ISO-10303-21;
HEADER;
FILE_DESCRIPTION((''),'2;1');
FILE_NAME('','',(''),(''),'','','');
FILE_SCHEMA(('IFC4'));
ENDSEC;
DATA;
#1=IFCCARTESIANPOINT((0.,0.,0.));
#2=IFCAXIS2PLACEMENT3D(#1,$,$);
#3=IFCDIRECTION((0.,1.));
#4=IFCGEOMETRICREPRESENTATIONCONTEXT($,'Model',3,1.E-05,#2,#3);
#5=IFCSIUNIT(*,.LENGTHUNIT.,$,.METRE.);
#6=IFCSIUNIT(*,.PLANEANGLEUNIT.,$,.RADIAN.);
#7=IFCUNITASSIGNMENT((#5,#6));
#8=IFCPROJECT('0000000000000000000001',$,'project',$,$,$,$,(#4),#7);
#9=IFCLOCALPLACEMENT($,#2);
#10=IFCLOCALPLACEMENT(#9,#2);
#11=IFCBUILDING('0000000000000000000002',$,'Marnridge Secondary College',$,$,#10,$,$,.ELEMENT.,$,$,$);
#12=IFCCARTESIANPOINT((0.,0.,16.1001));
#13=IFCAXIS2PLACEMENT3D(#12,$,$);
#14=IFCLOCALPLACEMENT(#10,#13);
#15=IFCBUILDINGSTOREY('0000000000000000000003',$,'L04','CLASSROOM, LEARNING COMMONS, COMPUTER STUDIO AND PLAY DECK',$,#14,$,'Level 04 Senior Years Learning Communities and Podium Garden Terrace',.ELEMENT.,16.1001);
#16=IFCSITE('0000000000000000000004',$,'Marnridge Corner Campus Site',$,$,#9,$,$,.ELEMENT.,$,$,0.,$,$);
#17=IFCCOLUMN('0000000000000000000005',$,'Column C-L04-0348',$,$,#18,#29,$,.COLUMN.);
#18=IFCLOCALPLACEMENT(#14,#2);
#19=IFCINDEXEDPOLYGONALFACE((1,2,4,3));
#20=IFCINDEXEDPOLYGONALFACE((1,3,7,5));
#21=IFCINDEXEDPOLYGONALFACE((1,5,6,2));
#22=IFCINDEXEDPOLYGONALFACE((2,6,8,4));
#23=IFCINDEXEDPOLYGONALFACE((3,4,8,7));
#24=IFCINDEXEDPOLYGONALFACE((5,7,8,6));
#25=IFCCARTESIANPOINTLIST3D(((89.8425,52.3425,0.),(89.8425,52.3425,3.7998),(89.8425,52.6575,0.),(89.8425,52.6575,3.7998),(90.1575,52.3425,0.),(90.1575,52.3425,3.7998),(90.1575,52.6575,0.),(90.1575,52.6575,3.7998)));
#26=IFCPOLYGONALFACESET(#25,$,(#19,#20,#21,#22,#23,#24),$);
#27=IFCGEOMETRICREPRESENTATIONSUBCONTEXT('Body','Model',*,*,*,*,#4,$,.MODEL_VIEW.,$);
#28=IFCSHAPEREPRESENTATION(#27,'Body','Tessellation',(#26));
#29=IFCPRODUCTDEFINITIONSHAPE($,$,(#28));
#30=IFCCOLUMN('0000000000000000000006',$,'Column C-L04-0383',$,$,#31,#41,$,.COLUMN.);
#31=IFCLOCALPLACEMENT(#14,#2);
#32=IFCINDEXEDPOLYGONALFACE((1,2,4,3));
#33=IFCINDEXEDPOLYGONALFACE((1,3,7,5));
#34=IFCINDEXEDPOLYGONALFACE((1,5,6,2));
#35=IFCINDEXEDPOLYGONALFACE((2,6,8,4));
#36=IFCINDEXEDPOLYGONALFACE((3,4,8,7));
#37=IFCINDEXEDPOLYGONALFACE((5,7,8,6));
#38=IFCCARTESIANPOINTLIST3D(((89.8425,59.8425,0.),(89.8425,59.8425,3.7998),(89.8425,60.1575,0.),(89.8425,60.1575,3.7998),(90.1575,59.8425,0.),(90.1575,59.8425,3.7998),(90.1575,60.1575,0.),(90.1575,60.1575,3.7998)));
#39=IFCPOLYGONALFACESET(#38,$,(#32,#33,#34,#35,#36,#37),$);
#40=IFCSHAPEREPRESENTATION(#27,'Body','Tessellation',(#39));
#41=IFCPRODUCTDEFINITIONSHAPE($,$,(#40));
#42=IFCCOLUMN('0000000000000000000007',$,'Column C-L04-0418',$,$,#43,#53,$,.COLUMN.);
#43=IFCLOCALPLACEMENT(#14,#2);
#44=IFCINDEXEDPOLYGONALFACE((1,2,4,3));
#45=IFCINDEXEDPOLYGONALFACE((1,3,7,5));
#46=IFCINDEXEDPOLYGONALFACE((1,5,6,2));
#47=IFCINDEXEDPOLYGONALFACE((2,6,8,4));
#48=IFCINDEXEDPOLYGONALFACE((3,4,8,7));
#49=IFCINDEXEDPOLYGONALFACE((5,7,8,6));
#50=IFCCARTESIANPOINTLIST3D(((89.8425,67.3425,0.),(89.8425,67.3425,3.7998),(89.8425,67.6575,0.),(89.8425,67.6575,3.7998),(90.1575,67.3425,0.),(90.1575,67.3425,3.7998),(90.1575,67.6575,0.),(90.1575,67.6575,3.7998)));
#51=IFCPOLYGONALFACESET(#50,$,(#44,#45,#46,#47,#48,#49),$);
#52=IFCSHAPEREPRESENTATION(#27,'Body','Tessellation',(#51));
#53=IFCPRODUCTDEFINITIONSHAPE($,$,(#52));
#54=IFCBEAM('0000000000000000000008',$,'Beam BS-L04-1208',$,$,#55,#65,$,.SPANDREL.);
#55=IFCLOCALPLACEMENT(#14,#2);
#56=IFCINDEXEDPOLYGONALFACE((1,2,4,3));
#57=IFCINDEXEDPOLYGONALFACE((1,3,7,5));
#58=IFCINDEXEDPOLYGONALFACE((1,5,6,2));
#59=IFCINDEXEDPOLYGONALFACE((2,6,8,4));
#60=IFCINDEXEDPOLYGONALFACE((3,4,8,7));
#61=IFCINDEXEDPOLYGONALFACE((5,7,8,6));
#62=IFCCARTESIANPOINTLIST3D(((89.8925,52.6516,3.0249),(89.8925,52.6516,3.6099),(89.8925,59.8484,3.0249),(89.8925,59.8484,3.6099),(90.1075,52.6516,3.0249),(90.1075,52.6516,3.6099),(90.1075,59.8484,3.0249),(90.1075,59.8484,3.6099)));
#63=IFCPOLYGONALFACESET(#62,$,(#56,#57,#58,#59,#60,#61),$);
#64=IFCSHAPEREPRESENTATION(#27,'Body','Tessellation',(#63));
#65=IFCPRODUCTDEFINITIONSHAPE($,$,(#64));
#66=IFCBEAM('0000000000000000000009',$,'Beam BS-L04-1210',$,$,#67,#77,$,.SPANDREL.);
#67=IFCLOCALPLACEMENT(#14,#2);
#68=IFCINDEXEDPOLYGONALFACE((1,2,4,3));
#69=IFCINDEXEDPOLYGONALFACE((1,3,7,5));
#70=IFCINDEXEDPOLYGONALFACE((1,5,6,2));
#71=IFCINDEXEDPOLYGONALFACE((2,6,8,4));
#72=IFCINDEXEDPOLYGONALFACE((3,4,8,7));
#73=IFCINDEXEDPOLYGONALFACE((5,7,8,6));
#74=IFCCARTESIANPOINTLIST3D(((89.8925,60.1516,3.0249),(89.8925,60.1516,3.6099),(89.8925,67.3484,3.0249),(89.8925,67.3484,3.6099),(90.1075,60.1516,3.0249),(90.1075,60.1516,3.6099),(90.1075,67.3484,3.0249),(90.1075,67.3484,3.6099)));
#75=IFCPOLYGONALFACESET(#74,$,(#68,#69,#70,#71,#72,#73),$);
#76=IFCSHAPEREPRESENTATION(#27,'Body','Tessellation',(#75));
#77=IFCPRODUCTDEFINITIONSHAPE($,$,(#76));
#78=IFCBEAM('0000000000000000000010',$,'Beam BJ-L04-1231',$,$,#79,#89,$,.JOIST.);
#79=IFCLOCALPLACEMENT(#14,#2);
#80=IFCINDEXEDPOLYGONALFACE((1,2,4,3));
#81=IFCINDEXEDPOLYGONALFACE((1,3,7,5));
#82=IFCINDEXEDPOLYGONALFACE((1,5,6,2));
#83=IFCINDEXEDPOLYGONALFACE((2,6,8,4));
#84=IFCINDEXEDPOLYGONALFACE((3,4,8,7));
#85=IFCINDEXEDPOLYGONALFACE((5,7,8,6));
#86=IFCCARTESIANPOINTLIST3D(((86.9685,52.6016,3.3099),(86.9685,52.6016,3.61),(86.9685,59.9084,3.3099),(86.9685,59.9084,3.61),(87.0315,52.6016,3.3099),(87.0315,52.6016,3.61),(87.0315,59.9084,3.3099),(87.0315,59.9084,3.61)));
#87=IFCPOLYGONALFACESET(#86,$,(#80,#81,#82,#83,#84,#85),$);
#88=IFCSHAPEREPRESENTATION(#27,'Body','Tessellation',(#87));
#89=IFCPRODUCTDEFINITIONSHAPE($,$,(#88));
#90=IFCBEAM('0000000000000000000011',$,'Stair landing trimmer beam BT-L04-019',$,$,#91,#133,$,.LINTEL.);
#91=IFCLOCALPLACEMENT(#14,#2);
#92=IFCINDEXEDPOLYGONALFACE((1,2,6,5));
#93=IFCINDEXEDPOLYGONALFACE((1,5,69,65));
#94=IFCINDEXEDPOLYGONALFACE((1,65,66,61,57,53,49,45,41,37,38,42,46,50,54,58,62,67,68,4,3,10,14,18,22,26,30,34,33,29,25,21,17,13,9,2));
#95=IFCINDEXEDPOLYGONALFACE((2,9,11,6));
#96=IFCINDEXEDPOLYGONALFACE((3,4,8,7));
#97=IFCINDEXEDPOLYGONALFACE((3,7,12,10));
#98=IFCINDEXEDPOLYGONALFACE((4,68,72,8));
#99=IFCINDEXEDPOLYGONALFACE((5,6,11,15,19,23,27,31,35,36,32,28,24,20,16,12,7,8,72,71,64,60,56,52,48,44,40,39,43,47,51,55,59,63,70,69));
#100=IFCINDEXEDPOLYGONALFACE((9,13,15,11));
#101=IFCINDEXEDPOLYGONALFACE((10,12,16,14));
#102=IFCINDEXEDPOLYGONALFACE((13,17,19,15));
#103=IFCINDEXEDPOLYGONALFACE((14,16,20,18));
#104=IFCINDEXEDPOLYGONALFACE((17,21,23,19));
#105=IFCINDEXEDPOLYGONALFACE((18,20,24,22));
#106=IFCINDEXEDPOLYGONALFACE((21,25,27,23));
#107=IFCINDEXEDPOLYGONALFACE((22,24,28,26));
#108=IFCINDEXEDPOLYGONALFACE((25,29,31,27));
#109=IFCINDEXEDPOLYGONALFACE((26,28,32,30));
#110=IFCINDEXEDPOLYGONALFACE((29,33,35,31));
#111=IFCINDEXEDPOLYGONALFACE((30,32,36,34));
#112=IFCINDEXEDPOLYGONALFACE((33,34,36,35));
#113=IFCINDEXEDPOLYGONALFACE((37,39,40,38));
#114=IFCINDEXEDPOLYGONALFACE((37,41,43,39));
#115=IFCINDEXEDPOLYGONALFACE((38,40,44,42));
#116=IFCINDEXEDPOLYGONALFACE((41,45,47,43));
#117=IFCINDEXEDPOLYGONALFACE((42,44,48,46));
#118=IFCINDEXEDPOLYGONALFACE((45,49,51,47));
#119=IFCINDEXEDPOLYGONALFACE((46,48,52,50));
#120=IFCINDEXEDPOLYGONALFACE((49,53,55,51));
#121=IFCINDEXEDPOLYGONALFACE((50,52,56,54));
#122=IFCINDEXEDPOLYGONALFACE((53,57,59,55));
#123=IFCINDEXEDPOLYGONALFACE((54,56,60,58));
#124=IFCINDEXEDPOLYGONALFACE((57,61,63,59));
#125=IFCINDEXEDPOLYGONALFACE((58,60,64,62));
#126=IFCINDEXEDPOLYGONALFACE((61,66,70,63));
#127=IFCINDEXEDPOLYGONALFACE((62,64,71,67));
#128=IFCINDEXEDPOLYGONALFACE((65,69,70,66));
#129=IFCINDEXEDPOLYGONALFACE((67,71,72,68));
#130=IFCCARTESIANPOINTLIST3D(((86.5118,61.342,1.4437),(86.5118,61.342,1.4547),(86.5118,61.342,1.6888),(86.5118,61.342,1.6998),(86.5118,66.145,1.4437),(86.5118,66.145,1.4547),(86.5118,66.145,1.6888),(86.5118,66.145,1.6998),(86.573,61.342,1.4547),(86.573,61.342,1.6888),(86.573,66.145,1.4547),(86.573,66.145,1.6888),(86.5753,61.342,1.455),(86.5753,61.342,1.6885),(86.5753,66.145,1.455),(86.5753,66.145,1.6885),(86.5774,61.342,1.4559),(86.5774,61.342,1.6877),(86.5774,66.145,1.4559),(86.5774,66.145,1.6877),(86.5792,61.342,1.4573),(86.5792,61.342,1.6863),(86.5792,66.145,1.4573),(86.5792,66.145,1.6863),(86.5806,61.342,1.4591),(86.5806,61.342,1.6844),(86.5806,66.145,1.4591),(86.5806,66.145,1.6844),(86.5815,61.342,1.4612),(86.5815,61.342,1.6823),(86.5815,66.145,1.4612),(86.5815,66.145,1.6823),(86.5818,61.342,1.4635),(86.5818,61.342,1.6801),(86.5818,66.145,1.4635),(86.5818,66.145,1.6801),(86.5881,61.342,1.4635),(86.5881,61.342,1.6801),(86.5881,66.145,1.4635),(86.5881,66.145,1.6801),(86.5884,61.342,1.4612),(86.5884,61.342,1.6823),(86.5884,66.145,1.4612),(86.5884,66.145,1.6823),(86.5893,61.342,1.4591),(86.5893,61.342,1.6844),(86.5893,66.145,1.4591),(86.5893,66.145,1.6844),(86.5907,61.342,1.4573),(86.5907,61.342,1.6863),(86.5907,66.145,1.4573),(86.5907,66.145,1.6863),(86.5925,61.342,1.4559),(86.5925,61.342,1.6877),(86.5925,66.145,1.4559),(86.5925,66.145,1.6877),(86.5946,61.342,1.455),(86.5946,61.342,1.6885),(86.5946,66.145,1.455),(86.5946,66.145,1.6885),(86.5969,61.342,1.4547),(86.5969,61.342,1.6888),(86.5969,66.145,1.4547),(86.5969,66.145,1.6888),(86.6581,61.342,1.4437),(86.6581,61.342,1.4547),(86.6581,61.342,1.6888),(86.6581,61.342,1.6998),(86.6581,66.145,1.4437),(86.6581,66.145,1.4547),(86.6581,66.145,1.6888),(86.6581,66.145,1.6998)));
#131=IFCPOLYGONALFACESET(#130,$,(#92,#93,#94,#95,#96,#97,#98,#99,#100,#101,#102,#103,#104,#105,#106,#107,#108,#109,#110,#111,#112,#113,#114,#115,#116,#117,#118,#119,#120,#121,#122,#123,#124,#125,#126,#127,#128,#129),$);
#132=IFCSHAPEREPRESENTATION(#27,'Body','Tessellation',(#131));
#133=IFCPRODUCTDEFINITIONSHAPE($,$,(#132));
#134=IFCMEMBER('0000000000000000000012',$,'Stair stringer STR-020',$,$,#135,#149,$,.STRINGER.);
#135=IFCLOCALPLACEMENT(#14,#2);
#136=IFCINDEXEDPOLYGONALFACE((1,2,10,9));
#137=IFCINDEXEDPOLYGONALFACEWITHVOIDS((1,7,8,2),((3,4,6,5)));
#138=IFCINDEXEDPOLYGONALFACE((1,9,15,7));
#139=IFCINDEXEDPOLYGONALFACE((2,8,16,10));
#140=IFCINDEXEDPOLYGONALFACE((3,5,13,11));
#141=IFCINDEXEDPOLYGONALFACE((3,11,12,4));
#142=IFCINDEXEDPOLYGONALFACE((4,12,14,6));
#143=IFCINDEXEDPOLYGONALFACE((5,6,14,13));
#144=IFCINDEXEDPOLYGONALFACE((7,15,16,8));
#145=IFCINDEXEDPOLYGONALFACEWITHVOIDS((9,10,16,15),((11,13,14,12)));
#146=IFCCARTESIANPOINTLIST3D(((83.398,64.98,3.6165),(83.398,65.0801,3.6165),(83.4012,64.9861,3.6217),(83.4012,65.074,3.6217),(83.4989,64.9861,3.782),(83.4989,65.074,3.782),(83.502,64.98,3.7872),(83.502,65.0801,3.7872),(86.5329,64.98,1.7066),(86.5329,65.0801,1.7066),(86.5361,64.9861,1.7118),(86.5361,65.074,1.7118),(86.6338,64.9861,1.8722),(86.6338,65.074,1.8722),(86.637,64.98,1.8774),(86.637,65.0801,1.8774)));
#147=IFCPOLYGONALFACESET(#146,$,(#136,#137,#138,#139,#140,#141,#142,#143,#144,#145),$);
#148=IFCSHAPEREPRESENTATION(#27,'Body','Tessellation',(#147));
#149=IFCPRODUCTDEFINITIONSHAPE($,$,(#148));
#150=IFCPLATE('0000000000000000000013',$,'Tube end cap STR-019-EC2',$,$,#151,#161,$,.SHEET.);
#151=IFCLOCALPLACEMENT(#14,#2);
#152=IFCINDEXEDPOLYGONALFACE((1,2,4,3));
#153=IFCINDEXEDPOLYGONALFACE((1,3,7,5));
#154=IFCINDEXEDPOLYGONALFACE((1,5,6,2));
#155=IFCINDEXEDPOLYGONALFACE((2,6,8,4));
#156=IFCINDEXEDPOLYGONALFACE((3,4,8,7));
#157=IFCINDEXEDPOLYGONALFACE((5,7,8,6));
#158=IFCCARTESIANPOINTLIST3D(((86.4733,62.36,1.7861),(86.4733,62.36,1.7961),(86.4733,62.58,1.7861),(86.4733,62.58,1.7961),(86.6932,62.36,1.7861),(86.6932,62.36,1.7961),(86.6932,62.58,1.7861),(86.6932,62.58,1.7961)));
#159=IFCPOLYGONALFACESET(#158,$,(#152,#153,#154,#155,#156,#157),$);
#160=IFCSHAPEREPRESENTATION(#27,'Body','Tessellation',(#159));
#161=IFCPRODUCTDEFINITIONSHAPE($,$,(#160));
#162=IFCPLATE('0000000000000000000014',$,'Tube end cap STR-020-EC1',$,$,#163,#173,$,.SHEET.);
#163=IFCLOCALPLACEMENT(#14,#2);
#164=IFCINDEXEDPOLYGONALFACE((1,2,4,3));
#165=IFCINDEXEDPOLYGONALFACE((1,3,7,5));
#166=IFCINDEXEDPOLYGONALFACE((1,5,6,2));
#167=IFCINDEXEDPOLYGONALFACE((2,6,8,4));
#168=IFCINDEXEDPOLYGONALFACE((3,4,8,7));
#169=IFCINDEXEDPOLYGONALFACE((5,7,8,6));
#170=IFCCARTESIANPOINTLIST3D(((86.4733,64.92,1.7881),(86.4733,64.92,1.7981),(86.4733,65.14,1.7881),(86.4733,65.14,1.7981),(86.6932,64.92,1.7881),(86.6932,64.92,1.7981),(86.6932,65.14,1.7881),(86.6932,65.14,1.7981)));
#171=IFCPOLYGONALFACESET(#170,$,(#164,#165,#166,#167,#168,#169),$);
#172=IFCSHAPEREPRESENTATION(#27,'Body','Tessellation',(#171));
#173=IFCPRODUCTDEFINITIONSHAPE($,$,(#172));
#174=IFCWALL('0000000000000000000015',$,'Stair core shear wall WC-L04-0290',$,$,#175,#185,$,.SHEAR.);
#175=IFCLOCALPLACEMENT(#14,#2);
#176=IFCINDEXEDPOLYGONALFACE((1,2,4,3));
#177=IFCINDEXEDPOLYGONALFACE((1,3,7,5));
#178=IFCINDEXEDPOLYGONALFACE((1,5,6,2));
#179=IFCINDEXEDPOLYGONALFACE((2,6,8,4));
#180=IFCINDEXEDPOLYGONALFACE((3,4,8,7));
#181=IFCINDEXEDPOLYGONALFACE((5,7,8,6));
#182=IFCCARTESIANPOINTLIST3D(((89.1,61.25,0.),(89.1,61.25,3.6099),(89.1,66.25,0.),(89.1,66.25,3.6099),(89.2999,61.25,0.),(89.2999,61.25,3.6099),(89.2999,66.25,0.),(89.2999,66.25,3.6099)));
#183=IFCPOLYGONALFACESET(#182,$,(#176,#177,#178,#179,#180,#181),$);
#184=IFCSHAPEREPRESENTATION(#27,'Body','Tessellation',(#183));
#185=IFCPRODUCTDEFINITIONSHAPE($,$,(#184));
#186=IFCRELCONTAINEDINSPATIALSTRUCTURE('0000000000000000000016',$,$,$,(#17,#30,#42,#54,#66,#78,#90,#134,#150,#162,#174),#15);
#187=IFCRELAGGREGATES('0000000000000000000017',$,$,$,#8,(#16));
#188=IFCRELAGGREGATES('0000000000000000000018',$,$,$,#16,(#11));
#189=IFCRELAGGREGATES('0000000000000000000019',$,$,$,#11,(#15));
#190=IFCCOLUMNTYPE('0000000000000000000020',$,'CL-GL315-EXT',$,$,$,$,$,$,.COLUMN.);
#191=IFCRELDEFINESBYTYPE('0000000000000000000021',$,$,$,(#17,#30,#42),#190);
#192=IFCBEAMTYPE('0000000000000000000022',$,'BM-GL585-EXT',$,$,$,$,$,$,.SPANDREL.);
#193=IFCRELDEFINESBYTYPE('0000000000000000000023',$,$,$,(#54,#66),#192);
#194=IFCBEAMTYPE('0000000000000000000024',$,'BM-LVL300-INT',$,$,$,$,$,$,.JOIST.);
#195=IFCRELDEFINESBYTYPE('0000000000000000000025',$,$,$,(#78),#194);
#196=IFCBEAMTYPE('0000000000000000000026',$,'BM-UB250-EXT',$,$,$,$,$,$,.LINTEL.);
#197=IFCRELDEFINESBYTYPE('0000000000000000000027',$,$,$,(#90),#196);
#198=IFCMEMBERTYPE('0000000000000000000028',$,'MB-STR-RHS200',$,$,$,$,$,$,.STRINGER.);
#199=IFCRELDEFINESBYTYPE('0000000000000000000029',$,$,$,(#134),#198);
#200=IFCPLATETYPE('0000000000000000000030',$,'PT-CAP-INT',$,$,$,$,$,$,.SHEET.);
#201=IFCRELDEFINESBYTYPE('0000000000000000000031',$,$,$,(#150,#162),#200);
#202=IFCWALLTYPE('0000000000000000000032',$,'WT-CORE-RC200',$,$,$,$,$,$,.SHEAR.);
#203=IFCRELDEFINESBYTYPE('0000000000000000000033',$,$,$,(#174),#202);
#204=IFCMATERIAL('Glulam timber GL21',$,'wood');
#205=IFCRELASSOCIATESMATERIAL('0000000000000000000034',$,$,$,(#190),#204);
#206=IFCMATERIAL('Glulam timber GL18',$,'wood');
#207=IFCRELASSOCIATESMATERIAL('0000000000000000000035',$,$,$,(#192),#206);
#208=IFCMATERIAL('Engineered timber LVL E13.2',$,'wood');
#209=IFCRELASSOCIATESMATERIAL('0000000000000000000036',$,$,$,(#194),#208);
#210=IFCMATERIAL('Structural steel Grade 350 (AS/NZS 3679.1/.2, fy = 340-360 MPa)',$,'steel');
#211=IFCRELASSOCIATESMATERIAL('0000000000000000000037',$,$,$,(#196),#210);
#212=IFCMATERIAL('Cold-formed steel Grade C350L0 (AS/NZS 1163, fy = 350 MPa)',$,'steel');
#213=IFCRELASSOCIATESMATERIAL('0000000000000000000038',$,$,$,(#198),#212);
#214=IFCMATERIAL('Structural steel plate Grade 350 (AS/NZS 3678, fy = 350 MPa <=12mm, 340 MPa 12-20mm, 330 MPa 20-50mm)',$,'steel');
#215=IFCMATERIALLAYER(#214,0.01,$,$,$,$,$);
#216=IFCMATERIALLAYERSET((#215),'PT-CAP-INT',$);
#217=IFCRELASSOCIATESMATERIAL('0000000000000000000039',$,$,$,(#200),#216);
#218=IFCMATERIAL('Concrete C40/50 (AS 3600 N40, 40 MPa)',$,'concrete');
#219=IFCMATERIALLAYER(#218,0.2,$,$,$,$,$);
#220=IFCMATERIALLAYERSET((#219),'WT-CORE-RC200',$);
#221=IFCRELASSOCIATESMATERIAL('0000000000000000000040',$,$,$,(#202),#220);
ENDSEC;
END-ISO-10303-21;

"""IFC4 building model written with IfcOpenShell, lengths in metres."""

from ifc_helpers import new_model, si_unit, direction, frame, frame_2d, origin, origin_2d, place, context, subcontext, project, spatial, rectangle, hollow_rectangle, i_section, extrude, material, layer, layer_set, material_profile, profile_set, type_object, element, save


model = new_model("IFC4")

# Units and contexts
model_context = context("Model", 3, precision=1e-05, world=origin(), true_north=direction((0.0, 1.0)))
body_context = subcontext(model_context, "Body", "Model", "MODEL_VIEW")
ifc_project = project(units=[si_unit("LENGTHUNIT", "METRE"), si_unit("PLANEANGLEUNIT", "RADIAN")], contexts=[model_context])

# Site, building, storey
site_placement = place(None, origin())
site = spatial("IfcSite", under=ifc_project, at=site_placement, Name="Marnridge Corner Campus Site", CompositionType="ELEMENT", RefElevation=0.0)
building_placement = place(site_placement, origin())
building = spatial("IfcBuilding", under=site, at=building_placement, Name="Marnridge Secondary College", CompositionType="ELEMENT")
storey_placement = place(building_placement, frame((0.0, 0.0, 16.1001)))
storey = spatial("IfcBuildingStorey", under=building, at=storey_placement, Name="L04", Description="CLASSROOM, LEARNING COMMONS, COMPUTER STUDIO AND PLAY DECK", LongName="Level 04 Senior Years Learning Communities and Podium Garden Terrace", CompositionType="ELEMENT", Elevation=16.1001)

# Columns
ifc_material_1 = material(Name="Glulam timber GL21", Category="wood")
ifc_material_profile_1 = material_profile(ifc_material_1, rectangle(XDim=0.3149, YDim=0.3149, at=origin_2d()), Name="GL21 315x315")
ifc_profile_set_1 = profile_set([ifc_material_profile_1], Name="Glulam timber GL21")
column_type = type_object("IfcColumnType", Name="CL-GL315-EXT", PredefinedType="COLUMN", material=ifc_profile_set_1)
for number, where, z_axis, x_axis, name in (
    (1, (90.0, 52.5, 0.0), (0.0, 0.0, 1.0), (1.0, 0.0, 0.0), "Column C-L04-0348"),
    (2, (90.0, 60.0, 0.0), (0.0, 0.0, 1.0), (1.0, 0.0, 0.0), "Column C-L04-0383"),
    (3, (90.0, 67.5, 0.0), (0.0, 0.0, 1.0), (1.0, 0.0, 0.0), "Column C-L04-0418"),
):
    element("IfcColumn", number, at=place(storey_placement, frame(where, z_axis=z_axis, x_axis=x_axis)), inside=storey, type_object=column_type, Name=name, PredefinedType="COLUMN", context=body_context, shape_type="SweptSolid", body=[
        extrude(rectangle(XDim=0.3149, YDim=0.3149, at=origin_2d()), origin(), (0.0, 0.0, 1.0), 3.7998),
    ])

# Beams
ifc_material_2 = material(Name="Glulam timber GL18", Category="wood")
ifc_material_profile_2 = material_profile(ifc_material_2, rectangle(XDim=0.2151, YDim=0.585, at=origin_2d()), Name="GL18 215x585")
ifc_profile_set_2 = profile_set([ifc_material_profile_2], Name="Glulam timber GL18")
beam_type_1 = type_object("IfcBeamType", Name="BM-GL585-EXT", PredefinedType="SPANDREL", material=ifc_profile_set_2)
for number, where, z_axis, x_axis, name in (
    (4, (90.0, 52.6516, 3.3174), (0.0, 1.0, 0.0), (-1.0, 0.0, 0.0), "Beam BS-L04-1208"),
    (5, (90.0, 60.1516, 3.3174), (0.0, 1.0, 0.0), (-1.0, 0.0, 0.0), "Beam BS-L04-1210"),
):
    element("IfcBeam", number, at=place(storey_placement, frame(where, z_axis=z_axis, x_axis=x_axis)), inside=storey, type_object=beam_type_1, Name=name, PredefinedType="SPANDREL", context=body_context, shape_type="SweptSolid", body=[
        extrude(rectangle(XDim=0.2151, YDim=0.585, at=origin_2d()), origin(), (0.0, 0.0, 1.0), 7.1968),
    ])
ifc_material_3 = material(Name="Engineered timber LVL E13.2", Category="wood")
ifc_material_profile_3 = material_profile(ifc_material_3, rectangle(XDim=0.063, YDim=0.3, at=origin_2d()), Name="LVL 63x300")
ifc_profile_set_3 = profile_set([ifc_material_profile_3], Name="Engineered timber LVL E13.2")
beam_type_2 = type_object("IfcBeamType", Name="BM-LVL300-INT", PredefinedType="JOIST", material=ifc_profile_set_3)
beam_1_placement = place(storey_placement, frame((87.0, 52.6016, 3.46), z_axis=(0.0, 1.0, 0.0), x_axis=(-1.0, 0.0, 0.0)))
element("IfcBeam", 6, at=beam_1_placement, inside=storey, type_object=beam_type_2, Name="Beam BJ-L04-1231", PredefinedType="JOIST", context=body_context, shape_type="SweptSolid", body=[
    extrude(rectangle(XDim=0.063, YDim=0.3, at=origin_2d()), origin(), (0.0, 0.0, 1.0), 7.3069),
])
ifc_material_4 = material(Name="Structural steel Grade 350 (AS/NZS 3679.1/.2, fy = 340-360 MPa)", Category="steel")
ifc_material_profile_4 = material_profile(ifc_material_4, i_section(OverallWidth=0.1462, OverallDepth=0.2561, WebThickness=0.0063, FlangeThickness=0.011, FilletRadius=0.0088, at=origin_2d()), Name="250UB37.3")
ifc_profile_set_4 = profile_set([ifc_material_profile_4], Name="Structural steel Grade 350 (AS/NZS 3679.1/.2, fy = 340-360 MPa)")
beam_type_3 = type_object("IfcBeamType", Name="BM-UB250-EXT", PredefinedType="LINTEL", material=ifc_profile_set_4)
beam_2_placement = place(storey_placement, frame((86.585, 61.342, 1.5718), z_axis=(0.0, 1.0, 0.0), x_axis=(-1.0, 0.0, 0.0)))
element("IfcBeam", 7, at=beam_2_placement, inside=storey, type_object=beam_type_3, Name="Stair landing trimmer beam BT-L04-019", PredefinedType="LINTEL", context=body_context, shape_type="SweptSolid", body=[
    extrude(i_section(OverallWidth=0.1462, OverallDepth=0.2561, WebThickness=0.0063, FlangeThickness=0.011, FilletRadius=0.0088, at=origin_2d()), origin(), (0.0, 0.0, 1.0), 4.803),
])

# Member
ifc_material_5 = material(Name="Cold-formed steel Grade C350L0 (AS/NZS 1163, fy = 350 MPa)", Category="steel")
ifc_material_profile_5 = material_profile(ifc_material_5, hollow_rectangle(XDim=0.1001, YDim=0.2, WallThickness=0.0061, at=origin_2d()), Name="200x100x6.0RHS")
ifc_profile_set_5 = profile_set([ifc_material_profile_5], Name="Cold-formed steel Grade C350L0 (AS/NZS 1163, fy = 350 MPa)")
member_type = type_object("IfcMemberType", Name="MB-STR-RHS200", PredefinedType="STRINGER", material=ifc_profile_set_5)
member_placement = place(storey_placement, frame((86.585, 65.03, 1.792), z_axis=(-0.853999, 0.0, 0.520274), x_axis=(0.0, -1.0, 0.0)))
element("IfcMember", 8, at=member_placement, inside=storey, type_object=member_type, Name="Stair stringer STR-020", PredefinedType="STRINGER", context=body_context, shape_type="SweptSolid", body=[
    extrude(hollow_rectangle(XDim=0.1001, YDim=0.2, WallThickness=0.0061, at=origin_2d()), origin(), (0.0, 0.0, 1.0), 3.6709),
])

# Plates
ifc_material_6 = material(Name="Structural steel plate Grade 350 (AS/NZS 3678, fy = 350 MPa <=12mm, 340 MPa 12-20mm, 330 MPa 20-50mm)", Category="steel")
ifc_layer_1 = layer(ifc_material_6, 0.01)
ifc_layer_set_1 = layer_set([ifc_layer_1], Name="PT-CAP-INT")
plate_type = type_object("IfcPlateType", Name="PT-CAP-INT", PredefinedType="SHEET", material=ifc_layer_set_1)
for number, where, z_axis, x_axis, name in (
    (9, (86.5833, 62.47, 1.7861), (0.0, 0.0, 1.0), (1.0, 0.0, 0.0), "Tube end cap STR-019-EC2"),
    (10, (86.5833, 65.03, 1.7881), (0.0, 0.0, 1.0), (-1.0, 0.0, 0.0), "Tube end cap STR-020-EC1"),
):
    element("IfcPlate", number, at=place(storey_placement, frame(where, z_axis=z_axis, x_axis=x_axis)), inside=storey, type_object=plate_type, Name=name, PredefinedType="SHEET", context=body_context, shape_type="SweptSolid", body=[
        extrude(rectangle(XDim=0.22, YDim=0.22, at=origin_2d()), origin(), (0.0, 0.0, 1.0), 0.01),
    ])

# Wall
ifc_material_7 = material(Name="Concrete C40/50 (AS 3600 N40, 40 MPa)", Category="concrete")
ifc_layer_2 = layer(ifc_material_7, 0.2)
ifc_layer_set_2 = layer_set([ifc_layer_2], Name="WT-CORE-RC200")
wall_type_1 = type_object("IfcWallType", Name="WT-CORE-RC200", PredefinedType="SHEAR", material=ifc_layer_set_2)
wall_1_placement = place(storey_placement, frame((89.2, 61.25, 0.0), z_axis=(0.0, 0.0, 1.0), x_axis=(0.0, 1.0, 0.0)))
element("IfcWall", 11, at=wall_1_placement, inside=storey, type_object=wall_type_1, Name="Stair core shear wall WC-L04-0290", PredefinedType="SHEAR", context=body_context, shape_type="SweptSolid", body=[
    extrude(rectangle(XDim=5.0, YDim=0.2, at=frame_2d((2.5, 0.0))), origin(), (0.0, 0.0, 1.0), 3.6099),
])

save(model, "model.ifc")
